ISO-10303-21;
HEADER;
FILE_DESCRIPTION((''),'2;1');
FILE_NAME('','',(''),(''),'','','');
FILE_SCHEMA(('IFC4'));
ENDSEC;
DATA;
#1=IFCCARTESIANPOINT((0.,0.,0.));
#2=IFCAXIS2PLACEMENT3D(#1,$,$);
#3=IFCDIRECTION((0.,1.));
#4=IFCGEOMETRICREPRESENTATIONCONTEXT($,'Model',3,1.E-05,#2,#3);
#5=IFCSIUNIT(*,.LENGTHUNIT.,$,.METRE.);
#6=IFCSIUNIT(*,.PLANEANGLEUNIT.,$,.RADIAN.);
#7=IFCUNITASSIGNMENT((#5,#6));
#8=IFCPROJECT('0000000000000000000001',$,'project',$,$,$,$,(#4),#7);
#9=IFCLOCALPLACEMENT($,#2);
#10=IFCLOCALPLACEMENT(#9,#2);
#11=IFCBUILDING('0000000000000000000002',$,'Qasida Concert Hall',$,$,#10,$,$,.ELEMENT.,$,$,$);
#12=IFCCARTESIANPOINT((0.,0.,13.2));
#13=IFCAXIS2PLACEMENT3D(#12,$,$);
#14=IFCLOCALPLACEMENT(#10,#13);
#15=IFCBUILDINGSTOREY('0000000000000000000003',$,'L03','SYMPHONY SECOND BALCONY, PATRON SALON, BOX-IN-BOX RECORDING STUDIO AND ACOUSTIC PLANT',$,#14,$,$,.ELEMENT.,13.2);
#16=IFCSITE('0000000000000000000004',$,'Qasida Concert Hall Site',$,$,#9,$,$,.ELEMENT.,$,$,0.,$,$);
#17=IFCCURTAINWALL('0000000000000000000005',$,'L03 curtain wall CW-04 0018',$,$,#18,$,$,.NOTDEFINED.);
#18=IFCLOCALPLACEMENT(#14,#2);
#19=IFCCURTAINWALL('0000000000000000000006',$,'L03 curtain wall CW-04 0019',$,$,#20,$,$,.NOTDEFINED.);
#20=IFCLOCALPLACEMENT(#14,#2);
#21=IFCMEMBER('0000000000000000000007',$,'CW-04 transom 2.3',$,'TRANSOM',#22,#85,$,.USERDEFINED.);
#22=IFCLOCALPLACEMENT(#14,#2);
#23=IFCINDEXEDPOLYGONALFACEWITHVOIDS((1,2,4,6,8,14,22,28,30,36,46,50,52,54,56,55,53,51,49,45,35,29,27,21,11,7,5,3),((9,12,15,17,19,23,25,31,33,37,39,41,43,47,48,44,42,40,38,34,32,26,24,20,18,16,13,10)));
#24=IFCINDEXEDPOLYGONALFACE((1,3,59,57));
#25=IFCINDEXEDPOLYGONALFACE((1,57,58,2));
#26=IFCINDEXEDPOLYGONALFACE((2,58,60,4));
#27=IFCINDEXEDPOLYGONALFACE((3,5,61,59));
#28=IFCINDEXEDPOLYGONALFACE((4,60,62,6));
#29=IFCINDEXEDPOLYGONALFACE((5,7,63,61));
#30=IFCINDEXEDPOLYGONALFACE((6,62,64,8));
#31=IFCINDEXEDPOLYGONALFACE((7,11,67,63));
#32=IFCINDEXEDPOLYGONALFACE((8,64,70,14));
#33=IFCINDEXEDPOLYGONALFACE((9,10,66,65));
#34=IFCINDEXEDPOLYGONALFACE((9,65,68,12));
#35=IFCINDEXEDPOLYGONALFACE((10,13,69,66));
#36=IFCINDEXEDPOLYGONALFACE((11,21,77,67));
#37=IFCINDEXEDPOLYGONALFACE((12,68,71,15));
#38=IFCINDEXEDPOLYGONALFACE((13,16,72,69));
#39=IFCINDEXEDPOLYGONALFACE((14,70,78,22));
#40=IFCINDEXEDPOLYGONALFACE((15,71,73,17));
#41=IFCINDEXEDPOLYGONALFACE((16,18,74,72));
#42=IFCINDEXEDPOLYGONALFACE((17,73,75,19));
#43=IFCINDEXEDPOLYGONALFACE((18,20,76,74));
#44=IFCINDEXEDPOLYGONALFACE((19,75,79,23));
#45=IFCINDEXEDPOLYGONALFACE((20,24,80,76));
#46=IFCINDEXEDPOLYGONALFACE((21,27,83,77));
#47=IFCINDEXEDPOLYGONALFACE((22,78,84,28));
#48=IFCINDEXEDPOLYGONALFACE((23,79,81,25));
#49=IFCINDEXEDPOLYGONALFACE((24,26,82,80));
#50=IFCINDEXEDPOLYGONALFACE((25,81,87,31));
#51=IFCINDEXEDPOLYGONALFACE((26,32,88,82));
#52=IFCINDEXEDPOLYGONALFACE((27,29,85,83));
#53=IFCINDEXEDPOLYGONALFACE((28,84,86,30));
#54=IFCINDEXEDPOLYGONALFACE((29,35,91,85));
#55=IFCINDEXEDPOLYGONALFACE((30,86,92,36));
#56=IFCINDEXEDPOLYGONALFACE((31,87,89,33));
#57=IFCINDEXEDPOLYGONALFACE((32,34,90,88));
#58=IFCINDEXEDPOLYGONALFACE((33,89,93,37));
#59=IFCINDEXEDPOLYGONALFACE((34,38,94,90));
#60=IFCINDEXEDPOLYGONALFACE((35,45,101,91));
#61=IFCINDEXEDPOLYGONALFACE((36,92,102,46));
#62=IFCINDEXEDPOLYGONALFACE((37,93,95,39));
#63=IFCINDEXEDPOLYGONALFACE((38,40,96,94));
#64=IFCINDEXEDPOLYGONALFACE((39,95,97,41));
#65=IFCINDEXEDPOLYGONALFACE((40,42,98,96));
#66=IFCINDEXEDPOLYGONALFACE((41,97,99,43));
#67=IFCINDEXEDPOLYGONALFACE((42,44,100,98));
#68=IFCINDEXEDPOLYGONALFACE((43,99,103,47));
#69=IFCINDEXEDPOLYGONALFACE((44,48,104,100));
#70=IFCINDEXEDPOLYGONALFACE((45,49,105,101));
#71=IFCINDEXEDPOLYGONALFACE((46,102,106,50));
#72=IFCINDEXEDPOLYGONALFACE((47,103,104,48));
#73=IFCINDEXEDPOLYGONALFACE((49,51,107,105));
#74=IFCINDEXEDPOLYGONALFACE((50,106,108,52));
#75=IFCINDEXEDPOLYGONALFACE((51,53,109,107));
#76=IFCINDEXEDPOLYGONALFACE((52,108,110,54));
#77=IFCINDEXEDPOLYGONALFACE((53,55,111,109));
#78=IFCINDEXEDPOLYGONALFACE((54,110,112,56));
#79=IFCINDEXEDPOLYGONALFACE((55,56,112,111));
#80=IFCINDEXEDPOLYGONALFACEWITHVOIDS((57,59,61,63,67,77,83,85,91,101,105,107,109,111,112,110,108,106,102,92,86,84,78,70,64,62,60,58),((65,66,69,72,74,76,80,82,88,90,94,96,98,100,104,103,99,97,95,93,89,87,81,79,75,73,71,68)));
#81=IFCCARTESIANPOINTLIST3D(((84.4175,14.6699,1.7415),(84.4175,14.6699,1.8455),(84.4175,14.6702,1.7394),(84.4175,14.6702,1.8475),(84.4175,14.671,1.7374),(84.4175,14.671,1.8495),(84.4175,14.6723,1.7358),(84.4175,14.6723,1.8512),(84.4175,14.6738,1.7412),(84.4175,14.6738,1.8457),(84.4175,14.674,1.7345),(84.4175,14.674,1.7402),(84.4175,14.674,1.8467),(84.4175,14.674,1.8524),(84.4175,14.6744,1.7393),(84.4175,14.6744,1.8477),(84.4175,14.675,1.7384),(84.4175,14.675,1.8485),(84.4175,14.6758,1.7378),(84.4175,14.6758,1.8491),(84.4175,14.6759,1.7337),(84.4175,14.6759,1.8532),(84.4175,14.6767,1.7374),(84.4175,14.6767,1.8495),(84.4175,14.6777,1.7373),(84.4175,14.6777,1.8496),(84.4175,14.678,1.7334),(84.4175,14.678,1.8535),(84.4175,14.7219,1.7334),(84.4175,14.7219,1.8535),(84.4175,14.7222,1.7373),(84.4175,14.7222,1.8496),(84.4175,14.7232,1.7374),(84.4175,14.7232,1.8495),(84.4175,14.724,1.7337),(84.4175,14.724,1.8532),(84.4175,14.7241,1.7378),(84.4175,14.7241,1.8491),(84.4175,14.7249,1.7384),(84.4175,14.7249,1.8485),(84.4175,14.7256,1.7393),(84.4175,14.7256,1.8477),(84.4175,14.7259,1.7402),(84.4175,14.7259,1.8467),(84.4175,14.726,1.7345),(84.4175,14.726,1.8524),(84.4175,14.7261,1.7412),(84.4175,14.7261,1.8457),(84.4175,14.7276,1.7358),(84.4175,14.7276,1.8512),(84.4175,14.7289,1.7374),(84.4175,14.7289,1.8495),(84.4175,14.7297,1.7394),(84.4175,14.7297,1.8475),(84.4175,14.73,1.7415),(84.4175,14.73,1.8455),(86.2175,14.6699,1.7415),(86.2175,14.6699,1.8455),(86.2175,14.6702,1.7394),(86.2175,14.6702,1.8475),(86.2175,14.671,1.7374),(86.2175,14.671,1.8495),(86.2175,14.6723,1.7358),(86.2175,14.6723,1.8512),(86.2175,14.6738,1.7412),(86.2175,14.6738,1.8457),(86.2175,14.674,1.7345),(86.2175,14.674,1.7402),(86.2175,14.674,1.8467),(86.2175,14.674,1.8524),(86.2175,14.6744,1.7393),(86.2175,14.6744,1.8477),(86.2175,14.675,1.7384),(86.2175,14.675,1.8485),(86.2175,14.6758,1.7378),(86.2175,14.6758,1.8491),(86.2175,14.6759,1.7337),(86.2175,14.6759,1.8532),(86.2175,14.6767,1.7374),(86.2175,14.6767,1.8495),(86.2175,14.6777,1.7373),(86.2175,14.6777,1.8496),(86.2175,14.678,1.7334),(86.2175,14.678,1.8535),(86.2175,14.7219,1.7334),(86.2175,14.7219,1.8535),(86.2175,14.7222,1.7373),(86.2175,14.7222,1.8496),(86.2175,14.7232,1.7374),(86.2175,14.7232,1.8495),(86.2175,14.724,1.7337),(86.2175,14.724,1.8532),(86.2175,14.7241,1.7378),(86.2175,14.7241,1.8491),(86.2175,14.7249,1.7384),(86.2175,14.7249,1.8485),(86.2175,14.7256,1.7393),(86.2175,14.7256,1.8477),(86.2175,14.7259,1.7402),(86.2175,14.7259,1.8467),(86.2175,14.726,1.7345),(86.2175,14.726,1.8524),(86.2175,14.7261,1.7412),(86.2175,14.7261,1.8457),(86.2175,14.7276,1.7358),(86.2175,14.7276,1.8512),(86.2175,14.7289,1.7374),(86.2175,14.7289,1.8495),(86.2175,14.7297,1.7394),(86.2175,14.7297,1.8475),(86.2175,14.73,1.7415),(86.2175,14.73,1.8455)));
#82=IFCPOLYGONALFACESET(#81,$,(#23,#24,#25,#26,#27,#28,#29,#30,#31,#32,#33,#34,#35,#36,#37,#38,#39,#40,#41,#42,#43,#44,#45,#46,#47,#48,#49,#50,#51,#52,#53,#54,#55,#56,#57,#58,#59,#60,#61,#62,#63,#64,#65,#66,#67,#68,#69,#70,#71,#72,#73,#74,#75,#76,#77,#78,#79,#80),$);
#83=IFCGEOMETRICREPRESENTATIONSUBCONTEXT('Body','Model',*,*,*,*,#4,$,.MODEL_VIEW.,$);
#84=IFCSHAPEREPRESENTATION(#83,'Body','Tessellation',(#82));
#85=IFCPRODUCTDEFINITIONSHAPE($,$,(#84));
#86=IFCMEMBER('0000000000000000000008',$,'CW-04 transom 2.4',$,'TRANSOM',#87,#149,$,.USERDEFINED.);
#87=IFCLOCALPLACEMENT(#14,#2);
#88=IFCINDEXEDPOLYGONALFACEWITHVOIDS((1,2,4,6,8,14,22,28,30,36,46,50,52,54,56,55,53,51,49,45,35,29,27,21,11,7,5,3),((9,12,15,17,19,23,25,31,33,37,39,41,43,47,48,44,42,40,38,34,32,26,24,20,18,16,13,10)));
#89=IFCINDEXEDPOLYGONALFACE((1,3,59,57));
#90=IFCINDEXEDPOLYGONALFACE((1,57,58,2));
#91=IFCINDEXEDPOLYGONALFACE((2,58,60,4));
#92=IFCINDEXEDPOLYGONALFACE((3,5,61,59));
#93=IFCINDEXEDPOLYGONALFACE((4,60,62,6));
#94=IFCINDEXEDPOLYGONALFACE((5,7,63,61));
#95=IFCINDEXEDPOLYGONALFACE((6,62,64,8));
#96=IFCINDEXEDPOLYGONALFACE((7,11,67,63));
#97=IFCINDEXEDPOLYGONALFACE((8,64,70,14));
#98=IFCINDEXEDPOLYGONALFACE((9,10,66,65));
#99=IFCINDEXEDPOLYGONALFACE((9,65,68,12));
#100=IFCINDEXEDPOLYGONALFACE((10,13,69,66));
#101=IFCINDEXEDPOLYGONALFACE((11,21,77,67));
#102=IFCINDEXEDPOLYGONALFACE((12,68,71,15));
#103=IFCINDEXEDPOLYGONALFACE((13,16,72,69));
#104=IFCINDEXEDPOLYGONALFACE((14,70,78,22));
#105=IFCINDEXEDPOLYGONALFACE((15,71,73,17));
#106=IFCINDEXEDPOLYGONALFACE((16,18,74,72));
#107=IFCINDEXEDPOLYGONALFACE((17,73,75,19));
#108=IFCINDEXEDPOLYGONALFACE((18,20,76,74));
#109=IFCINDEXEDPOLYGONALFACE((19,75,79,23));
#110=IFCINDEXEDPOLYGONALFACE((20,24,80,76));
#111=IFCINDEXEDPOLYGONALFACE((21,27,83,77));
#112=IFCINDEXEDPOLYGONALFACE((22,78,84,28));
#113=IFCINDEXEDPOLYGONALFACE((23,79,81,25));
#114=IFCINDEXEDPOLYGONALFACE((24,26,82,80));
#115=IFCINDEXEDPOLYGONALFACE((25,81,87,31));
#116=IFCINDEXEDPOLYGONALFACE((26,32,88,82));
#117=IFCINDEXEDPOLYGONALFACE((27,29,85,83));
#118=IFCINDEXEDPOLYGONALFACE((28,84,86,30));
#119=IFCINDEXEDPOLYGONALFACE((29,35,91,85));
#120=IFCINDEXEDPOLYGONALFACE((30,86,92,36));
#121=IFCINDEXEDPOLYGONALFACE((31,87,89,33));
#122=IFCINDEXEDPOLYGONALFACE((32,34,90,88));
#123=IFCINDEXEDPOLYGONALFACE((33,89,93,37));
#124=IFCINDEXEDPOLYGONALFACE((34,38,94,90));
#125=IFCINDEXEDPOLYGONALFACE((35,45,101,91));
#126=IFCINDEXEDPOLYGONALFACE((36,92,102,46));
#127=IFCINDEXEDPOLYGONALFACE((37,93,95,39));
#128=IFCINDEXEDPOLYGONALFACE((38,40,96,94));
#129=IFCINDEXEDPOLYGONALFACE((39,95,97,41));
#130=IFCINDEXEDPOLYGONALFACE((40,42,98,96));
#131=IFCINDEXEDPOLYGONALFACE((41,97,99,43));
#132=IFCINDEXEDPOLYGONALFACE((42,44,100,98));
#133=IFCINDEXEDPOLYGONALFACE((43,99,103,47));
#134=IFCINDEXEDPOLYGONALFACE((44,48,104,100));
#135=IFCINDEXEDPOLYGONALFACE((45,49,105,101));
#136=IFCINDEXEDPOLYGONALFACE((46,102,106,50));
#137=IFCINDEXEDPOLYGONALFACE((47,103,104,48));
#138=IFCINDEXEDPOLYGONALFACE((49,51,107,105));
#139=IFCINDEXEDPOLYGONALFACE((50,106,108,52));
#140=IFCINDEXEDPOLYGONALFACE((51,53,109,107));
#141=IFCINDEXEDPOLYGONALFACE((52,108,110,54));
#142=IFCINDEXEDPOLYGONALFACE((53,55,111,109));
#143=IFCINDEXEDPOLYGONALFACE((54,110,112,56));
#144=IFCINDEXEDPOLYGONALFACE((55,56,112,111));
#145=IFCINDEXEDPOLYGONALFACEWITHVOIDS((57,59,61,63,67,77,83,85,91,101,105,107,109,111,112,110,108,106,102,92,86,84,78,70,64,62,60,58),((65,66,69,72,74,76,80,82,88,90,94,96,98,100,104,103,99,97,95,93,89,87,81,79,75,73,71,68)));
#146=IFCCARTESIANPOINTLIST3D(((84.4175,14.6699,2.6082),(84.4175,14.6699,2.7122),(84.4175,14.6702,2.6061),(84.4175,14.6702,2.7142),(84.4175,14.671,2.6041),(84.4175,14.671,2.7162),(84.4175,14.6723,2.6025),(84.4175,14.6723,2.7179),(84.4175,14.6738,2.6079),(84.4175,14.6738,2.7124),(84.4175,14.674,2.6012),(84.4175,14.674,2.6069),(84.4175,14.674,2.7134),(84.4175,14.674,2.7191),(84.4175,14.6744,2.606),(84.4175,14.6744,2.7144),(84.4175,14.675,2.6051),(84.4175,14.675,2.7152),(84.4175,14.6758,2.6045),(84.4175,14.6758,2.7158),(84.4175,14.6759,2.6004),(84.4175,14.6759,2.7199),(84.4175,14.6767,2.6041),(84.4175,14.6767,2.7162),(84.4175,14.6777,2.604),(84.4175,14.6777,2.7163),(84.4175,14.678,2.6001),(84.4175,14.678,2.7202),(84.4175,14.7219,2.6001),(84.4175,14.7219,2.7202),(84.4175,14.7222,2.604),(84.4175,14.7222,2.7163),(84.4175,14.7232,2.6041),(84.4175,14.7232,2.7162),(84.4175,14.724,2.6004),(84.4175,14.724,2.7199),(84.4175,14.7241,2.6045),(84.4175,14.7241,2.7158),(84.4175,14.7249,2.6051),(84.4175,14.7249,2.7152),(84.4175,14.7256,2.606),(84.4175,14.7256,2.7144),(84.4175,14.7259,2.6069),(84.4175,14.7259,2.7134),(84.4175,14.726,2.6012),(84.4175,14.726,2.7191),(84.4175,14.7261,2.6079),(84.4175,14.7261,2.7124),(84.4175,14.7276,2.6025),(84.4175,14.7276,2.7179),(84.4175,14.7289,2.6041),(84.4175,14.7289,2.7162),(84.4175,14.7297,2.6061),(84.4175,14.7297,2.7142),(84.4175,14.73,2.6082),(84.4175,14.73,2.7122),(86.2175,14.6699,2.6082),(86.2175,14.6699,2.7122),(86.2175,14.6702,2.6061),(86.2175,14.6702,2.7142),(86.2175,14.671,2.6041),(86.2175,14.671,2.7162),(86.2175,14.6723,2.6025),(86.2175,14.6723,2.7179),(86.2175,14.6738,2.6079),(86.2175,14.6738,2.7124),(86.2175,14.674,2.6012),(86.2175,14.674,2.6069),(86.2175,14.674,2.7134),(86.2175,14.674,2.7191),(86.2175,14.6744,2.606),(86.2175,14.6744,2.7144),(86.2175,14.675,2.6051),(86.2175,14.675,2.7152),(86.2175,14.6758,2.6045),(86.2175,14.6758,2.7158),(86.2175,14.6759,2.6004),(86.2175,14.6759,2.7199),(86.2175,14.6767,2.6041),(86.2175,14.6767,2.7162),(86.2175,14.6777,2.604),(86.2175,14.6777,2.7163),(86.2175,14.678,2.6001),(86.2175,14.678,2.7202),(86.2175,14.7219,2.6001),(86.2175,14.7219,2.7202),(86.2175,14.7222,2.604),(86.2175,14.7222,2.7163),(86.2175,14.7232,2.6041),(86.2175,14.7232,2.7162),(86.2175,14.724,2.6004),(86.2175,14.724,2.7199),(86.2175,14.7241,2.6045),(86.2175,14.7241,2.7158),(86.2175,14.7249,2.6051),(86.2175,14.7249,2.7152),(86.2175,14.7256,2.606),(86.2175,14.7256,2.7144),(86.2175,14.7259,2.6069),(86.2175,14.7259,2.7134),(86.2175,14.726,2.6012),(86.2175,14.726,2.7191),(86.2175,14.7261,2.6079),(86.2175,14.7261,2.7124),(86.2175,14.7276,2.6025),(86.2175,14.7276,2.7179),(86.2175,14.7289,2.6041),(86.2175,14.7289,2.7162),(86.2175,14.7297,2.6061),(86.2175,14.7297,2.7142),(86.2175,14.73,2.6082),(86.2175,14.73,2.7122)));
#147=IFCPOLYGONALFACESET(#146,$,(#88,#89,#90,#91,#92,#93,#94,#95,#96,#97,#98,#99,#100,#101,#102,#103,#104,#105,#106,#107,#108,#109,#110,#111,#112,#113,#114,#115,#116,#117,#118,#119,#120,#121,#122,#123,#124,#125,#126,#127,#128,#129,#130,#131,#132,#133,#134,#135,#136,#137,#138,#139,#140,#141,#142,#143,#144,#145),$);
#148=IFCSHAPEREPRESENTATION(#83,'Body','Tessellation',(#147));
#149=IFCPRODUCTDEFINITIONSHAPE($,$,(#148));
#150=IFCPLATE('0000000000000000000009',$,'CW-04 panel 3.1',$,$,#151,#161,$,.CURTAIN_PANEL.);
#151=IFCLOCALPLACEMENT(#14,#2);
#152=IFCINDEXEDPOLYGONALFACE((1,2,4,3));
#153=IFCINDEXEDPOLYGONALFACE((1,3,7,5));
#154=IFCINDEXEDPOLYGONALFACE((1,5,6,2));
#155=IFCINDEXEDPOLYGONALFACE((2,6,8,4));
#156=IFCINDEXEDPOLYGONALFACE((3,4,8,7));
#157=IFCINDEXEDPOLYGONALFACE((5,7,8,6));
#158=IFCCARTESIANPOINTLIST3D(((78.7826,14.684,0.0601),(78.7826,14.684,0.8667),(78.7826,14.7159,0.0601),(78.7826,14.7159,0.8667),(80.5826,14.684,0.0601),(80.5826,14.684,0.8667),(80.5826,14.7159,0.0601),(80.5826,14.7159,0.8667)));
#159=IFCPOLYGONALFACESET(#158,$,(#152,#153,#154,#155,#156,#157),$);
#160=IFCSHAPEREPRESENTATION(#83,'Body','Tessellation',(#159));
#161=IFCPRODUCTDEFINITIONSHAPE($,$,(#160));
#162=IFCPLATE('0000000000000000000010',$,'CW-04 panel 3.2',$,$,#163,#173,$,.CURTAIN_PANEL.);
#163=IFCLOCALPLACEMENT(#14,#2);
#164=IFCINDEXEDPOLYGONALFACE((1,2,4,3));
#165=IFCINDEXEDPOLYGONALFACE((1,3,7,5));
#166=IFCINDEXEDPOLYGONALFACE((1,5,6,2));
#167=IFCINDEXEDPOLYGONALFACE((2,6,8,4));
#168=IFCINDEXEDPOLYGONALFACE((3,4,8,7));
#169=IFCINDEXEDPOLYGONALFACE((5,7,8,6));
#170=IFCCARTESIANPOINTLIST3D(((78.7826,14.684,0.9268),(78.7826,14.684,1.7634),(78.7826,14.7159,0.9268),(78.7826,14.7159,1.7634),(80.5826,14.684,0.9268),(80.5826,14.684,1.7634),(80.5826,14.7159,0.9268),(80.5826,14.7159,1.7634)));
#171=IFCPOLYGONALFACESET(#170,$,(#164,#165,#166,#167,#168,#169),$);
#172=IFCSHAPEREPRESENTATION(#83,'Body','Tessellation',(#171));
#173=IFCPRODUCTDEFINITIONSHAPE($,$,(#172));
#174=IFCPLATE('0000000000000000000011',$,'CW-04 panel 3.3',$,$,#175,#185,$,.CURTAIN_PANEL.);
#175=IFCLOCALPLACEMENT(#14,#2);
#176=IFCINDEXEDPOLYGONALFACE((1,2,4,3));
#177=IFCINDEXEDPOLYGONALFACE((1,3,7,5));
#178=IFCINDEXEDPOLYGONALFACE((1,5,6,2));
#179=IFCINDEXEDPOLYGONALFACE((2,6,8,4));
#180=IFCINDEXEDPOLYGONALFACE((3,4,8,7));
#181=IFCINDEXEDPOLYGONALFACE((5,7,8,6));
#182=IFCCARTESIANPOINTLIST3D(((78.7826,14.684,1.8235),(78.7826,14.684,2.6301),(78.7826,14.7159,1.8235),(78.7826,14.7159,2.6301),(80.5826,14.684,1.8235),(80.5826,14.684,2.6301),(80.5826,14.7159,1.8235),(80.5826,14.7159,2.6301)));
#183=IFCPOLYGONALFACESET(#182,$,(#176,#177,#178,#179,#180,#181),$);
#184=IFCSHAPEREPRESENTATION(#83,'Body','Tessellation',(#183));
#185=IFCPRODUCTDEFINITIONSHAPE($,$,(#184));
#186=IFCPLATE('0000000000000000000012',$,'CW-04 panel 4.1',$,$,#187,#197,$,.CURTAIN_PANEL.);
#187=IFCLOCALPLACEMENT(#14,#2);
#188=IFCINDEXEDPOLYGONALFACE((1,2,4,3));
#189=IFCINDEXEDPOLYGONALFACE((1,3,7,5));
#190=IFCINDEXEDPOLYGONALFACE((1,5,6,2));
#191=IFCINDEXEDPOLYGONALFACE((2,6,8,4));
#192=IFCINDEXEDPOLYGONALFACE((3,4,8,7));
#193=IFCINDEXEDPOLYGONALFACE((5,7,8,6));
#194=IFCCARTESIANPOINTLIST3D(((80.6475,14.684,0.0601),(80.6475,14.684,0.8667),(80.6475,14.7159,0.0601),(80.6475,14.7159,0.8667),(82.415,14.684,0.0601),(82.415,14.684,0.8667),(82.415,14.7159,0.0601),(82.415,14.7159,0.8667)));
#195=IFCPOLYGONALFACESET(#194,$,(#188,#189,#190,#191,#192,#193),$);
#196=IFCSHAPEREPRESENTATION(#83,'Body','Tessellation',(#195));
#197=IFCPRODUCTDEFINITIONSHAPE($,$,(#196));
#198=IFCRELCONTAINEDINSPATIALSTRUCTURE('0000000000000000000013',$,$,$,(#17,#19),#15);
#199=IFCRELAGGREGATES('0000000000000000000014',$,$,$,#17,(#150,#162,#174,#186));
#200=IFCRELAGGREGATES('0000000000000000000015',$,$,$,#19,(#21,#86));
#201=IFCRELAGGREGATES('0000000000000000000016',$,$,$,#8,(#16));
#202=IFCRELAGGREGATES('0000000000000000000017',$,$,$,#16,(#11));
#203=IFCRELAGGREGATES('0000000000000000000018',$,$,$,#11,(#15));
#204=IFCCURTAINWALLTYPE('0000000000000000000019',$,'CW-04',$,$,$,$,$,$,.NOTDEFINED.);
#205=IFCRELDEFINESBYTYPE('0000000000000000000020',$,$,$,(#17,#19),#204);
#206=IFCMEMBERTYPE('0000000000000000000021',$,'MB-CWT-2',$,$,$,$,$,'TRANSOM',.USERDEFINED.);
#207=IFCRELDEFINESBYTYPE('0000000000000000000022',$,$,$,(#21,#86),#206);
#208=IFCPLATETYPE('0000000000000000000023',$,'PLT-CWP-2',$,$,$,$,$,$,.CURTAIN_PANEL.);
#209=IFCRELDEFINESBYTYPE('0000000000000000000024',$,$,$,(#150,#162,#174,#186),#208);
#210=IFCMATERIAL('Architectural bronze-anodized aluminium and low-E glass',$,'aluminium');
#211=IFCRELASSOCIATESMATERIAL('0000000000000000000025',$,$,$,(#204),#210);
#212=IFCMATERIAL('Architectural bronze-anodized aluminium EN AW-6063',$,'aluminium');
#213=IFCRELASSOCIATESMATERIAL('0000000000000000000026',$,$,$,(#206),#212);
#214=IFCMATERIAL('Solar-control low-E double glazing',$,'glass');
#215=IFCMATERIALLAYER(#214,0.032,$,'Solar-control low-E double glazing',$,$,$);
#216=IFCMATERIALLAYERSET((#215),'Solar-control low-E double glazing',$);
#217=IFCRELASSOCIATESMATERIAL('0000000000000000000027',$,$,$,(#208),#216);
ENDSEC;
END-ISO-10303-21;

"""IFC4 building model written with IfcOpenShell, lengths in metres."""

from ifc_helpers import new_model, si_unit, direction, frame, origin, origin_2d, place, context, subcontext, project, spatial, rectangle, hollow_rectangle, extrude, material, layer, layer_set, material_profile, profile_set, type_object, element, aggregate, save


model = new_model("IFC4")

# Units and contexts
model_context = context("Model", 3, precision=1e-05, world=origin(), true_north=direction((0.0, 1.0)))
body_context = subcontext(model_context, "Body", "Model", "MODEL_VIEW")
ifc_project = project(units=[si_unit("LENGTHUNIT", "METRE"), si_unit("PLANEANGLEUNIT", "RADIAN")], contexts=[model_context])

# Site, building, storey
site_placement = place(None, origin())
site = spatial("IfcSite", under=ifc_project, at=site_placement, Name="Qasida Concert Hall Site", CompositionType="ELEMENT", RefElevation=0.0)
building_placement = place(site_placement, origin())
building = spatial("IfcBuilding", under=site, at=building_placement, Name="Qasida Concert Hall", CompositionType="ELEMENT")
storey_placement = place(building_placement, frame((0.0, 0.0, 13.2)))
storey = spatial("IfcBuildingStorey", under=building, at=storey_placement, Name="L03", Description="SYMPHONY SECOND BALCONY, PATRON SALON, BOX-IN-BOX RECORDING STUDIO AND ACOUSTIC PLANT", CompositionType="ELEMENT", Elevation=13.2)

# Curtain walls
ifc_material_1 = material(Name="Architectural bronze-anodized aluminium and low-E glass", Category="aluminium")
curtain_wall_type = type_object("IfcCurtainWallType", Name="CW-04", PredefinedType="NOTDEFINED", material=ifc_material_1)
curtain_wall_1_placement = place(storey_placement, origin())
curtain_wall_1 = element("IfcCurtainWall", 1, at=curtain_wall_1_placement, inside=storey, type_object=curtain_wall_type, Name="L03 curtain wall CW-04 0018", PredefinedType="NOTDEFINED")
ifc_material_2 = material(Name="Architectural bronze-anodized aluminium EN AW-6063", Category="aluminium")
curtain_wall_2_placement = place(storey_placement, origin())
curtain_wall_2 = element("IfcCurtainWall", 2, at=curtain_wall_2_placement, inside=storey, type_object=curtain_wall_type, Name="L03 curtain wall CW-04 0019", PredefinedType="NOTDEFINED")

# Members
ifc_material_profile_1 = material_profile(ifc_material_2, hollow_rectangle(XDim=0.0601, YDim=0.1201, WallThickness=0.0039, InnerFilletRadius=0.0039, OuterFilletRadius=0.0081, at=origin_2d()), Name="CWT 120x60x4")
ifc_profile_set_1 = profile_set([ifc_material_profile_1], Name="Architectural bronze-anodized aluminium EN AW-6063")
member_type_1 = type_object("IfcMemberType", Name="MB-CWT-2", ElementType="TRANSOM", PredefinedType="USERDEFINED", material=ifc_profile_set_1)
member_1_placement = place(storey_placement, frame((84.4175, 14.7, 1.7935), z_axis=(1.0, 0.0, 0.0), x_axis=(0.0, 1.0, 0.0)))
member_1 = element("IfcMember", 3, at=member_1_placement, type_object=member_type_1, Name="CW-04 transom 2.3", ObjectType="TRANSOM", PredefinedType="USERDEFINED", context=body_context, shape_type="SweptSolid", body=[
    extrude(hollow_rectangle(XDim=0.0601, YDim=0.1201, WallThickness=0.0039, InnerFilletRadius=0.0039, OuterFilletRadius=0.0081, at=origin_2d()), origin(), (0.0, 0.0, 1.0), 1.8),
])
member_2_placement = place(storey_placement, frame((84.4175, 14.7, 2.6602), z_axis=(1.0, 0.0, 0.0), x_axis=(0.0, 1.0, 0.0)))
member_2 = element("IfcMember", 4, at=member_2_placement, type_object=member_type_1, Name="CW-04 transom 2.4", ObjectType="TRANSOM", PredefinedType="USERDEFINED", context=body_context, shape_type="SweptSolid", body=[
    extrude(hollow_rectangle(XDim=0.0601, YDim=0.1201, WallThickness=0.0039, InnerFilletRadius=0.0039, OuterFilletRadius=0.0081, at=origin_2d()), origin(), (0.0, 0.0, 1.0), 1.8),
])

# Plates
ifc_material_3 = material(Name="Solar-control low-E double glazing", Category="glass")
ifc_layer = layer(ifc_material_3, 0.032, Name="Solar-control low-E double glazing")
ifc_layer_set = layer_set([ifc_layer], Name="Solar-control low-E double glazing")
plate_type = type_object("IfcPlateType", Name="PLT-CWP-2", PredefinedType="CURTAIN_PANEL", material=ifc_layer_set)
plate_1_placement = place(storey_placement, frame((79.6826, 14.7, 0.0601), z_axis=(0.0, 0.0, 1.0), x_axis=(1.0, 0.0, 0.0)))
plate_1 = element("IfcPlate", 5, at=plate_1_placement, type_object=plate_type, Name="CW-04 panel 3.1", PredefinedType="CURTAIN_PANEL", context=body_context, shape_type="SweptSolid", body=[
    extrude(rectangle(XDim=1.8, YDim=0.032, at=origin_2d()), origin(), (0.0, 0.0, 1.0), 0.8066),
])
plate_2_placement = place(storey_placement, frame((79.6826, 14.7, 0.9268), z_axis=(0.0, 0.0, 1.0), x_axis=(1.0, 0.0, 0.0)))
plate_2 = element("IfcPlate", 6, at=plate_2_placement, type_object=plate_type, Name="CW-04 panel 3.2", PredefinedType="CURTAIN_PANEL", context=body_context, shape_type="SweptSolid", body=[
    extrude(rectangle(XDim=1.8, YDim=0.032, at=origin_2d()), origin(), (0.0, 0.0, 1.0), 0.8367),
])
plate_3_placement = place(storey_placement, frame((79.6826, 14.7, 1.8235), z_axis=(0.0, 0.0, 1.0), x_axis=(1.0, 0.0, 0.0)))
plate_3 = element("IfcPlate", 7, at=plate_3_placement, type_object=plate_type, Name="CW-04 panel 3.3", PredefinedType="CURTAIN_PANEL", context=body_context, shape_type="SweptSolid", body=[
    extrude(rectangle(XDim=1.8, YDim=0.032, at=origin_2d()), origin(), (0.0, 0.0, 1.0), 0.8066),
])
plate_4_placement = place(storey_placement, frame((81.5312, 14.7, 0.0601), z_axis=(0.0, 0.0, 1.0), x_axis=(1.0, 0.0, 0.0)))
plate_4 = element("IfcPlate", 8, at=plate_4_placement, type_object=plate_type, Name="CW-04 panel 4.1", PredefinedType="CURTAIN_PANEL", context=body_context, shape_type="SweptSolid", body=[
    extrude(rectangle(XDim=1.7676, YDim=0.032, at=origin_2d()), origin(), (0.0, 0.0, 1.0), 0.8066),
])
aggregate(curtain_wall_1, [plate_1, plate_2, plate_3, plate_4])
aggregate(curtain_wall_2, [member_1, member_2])

save(model, "model.ifc")
